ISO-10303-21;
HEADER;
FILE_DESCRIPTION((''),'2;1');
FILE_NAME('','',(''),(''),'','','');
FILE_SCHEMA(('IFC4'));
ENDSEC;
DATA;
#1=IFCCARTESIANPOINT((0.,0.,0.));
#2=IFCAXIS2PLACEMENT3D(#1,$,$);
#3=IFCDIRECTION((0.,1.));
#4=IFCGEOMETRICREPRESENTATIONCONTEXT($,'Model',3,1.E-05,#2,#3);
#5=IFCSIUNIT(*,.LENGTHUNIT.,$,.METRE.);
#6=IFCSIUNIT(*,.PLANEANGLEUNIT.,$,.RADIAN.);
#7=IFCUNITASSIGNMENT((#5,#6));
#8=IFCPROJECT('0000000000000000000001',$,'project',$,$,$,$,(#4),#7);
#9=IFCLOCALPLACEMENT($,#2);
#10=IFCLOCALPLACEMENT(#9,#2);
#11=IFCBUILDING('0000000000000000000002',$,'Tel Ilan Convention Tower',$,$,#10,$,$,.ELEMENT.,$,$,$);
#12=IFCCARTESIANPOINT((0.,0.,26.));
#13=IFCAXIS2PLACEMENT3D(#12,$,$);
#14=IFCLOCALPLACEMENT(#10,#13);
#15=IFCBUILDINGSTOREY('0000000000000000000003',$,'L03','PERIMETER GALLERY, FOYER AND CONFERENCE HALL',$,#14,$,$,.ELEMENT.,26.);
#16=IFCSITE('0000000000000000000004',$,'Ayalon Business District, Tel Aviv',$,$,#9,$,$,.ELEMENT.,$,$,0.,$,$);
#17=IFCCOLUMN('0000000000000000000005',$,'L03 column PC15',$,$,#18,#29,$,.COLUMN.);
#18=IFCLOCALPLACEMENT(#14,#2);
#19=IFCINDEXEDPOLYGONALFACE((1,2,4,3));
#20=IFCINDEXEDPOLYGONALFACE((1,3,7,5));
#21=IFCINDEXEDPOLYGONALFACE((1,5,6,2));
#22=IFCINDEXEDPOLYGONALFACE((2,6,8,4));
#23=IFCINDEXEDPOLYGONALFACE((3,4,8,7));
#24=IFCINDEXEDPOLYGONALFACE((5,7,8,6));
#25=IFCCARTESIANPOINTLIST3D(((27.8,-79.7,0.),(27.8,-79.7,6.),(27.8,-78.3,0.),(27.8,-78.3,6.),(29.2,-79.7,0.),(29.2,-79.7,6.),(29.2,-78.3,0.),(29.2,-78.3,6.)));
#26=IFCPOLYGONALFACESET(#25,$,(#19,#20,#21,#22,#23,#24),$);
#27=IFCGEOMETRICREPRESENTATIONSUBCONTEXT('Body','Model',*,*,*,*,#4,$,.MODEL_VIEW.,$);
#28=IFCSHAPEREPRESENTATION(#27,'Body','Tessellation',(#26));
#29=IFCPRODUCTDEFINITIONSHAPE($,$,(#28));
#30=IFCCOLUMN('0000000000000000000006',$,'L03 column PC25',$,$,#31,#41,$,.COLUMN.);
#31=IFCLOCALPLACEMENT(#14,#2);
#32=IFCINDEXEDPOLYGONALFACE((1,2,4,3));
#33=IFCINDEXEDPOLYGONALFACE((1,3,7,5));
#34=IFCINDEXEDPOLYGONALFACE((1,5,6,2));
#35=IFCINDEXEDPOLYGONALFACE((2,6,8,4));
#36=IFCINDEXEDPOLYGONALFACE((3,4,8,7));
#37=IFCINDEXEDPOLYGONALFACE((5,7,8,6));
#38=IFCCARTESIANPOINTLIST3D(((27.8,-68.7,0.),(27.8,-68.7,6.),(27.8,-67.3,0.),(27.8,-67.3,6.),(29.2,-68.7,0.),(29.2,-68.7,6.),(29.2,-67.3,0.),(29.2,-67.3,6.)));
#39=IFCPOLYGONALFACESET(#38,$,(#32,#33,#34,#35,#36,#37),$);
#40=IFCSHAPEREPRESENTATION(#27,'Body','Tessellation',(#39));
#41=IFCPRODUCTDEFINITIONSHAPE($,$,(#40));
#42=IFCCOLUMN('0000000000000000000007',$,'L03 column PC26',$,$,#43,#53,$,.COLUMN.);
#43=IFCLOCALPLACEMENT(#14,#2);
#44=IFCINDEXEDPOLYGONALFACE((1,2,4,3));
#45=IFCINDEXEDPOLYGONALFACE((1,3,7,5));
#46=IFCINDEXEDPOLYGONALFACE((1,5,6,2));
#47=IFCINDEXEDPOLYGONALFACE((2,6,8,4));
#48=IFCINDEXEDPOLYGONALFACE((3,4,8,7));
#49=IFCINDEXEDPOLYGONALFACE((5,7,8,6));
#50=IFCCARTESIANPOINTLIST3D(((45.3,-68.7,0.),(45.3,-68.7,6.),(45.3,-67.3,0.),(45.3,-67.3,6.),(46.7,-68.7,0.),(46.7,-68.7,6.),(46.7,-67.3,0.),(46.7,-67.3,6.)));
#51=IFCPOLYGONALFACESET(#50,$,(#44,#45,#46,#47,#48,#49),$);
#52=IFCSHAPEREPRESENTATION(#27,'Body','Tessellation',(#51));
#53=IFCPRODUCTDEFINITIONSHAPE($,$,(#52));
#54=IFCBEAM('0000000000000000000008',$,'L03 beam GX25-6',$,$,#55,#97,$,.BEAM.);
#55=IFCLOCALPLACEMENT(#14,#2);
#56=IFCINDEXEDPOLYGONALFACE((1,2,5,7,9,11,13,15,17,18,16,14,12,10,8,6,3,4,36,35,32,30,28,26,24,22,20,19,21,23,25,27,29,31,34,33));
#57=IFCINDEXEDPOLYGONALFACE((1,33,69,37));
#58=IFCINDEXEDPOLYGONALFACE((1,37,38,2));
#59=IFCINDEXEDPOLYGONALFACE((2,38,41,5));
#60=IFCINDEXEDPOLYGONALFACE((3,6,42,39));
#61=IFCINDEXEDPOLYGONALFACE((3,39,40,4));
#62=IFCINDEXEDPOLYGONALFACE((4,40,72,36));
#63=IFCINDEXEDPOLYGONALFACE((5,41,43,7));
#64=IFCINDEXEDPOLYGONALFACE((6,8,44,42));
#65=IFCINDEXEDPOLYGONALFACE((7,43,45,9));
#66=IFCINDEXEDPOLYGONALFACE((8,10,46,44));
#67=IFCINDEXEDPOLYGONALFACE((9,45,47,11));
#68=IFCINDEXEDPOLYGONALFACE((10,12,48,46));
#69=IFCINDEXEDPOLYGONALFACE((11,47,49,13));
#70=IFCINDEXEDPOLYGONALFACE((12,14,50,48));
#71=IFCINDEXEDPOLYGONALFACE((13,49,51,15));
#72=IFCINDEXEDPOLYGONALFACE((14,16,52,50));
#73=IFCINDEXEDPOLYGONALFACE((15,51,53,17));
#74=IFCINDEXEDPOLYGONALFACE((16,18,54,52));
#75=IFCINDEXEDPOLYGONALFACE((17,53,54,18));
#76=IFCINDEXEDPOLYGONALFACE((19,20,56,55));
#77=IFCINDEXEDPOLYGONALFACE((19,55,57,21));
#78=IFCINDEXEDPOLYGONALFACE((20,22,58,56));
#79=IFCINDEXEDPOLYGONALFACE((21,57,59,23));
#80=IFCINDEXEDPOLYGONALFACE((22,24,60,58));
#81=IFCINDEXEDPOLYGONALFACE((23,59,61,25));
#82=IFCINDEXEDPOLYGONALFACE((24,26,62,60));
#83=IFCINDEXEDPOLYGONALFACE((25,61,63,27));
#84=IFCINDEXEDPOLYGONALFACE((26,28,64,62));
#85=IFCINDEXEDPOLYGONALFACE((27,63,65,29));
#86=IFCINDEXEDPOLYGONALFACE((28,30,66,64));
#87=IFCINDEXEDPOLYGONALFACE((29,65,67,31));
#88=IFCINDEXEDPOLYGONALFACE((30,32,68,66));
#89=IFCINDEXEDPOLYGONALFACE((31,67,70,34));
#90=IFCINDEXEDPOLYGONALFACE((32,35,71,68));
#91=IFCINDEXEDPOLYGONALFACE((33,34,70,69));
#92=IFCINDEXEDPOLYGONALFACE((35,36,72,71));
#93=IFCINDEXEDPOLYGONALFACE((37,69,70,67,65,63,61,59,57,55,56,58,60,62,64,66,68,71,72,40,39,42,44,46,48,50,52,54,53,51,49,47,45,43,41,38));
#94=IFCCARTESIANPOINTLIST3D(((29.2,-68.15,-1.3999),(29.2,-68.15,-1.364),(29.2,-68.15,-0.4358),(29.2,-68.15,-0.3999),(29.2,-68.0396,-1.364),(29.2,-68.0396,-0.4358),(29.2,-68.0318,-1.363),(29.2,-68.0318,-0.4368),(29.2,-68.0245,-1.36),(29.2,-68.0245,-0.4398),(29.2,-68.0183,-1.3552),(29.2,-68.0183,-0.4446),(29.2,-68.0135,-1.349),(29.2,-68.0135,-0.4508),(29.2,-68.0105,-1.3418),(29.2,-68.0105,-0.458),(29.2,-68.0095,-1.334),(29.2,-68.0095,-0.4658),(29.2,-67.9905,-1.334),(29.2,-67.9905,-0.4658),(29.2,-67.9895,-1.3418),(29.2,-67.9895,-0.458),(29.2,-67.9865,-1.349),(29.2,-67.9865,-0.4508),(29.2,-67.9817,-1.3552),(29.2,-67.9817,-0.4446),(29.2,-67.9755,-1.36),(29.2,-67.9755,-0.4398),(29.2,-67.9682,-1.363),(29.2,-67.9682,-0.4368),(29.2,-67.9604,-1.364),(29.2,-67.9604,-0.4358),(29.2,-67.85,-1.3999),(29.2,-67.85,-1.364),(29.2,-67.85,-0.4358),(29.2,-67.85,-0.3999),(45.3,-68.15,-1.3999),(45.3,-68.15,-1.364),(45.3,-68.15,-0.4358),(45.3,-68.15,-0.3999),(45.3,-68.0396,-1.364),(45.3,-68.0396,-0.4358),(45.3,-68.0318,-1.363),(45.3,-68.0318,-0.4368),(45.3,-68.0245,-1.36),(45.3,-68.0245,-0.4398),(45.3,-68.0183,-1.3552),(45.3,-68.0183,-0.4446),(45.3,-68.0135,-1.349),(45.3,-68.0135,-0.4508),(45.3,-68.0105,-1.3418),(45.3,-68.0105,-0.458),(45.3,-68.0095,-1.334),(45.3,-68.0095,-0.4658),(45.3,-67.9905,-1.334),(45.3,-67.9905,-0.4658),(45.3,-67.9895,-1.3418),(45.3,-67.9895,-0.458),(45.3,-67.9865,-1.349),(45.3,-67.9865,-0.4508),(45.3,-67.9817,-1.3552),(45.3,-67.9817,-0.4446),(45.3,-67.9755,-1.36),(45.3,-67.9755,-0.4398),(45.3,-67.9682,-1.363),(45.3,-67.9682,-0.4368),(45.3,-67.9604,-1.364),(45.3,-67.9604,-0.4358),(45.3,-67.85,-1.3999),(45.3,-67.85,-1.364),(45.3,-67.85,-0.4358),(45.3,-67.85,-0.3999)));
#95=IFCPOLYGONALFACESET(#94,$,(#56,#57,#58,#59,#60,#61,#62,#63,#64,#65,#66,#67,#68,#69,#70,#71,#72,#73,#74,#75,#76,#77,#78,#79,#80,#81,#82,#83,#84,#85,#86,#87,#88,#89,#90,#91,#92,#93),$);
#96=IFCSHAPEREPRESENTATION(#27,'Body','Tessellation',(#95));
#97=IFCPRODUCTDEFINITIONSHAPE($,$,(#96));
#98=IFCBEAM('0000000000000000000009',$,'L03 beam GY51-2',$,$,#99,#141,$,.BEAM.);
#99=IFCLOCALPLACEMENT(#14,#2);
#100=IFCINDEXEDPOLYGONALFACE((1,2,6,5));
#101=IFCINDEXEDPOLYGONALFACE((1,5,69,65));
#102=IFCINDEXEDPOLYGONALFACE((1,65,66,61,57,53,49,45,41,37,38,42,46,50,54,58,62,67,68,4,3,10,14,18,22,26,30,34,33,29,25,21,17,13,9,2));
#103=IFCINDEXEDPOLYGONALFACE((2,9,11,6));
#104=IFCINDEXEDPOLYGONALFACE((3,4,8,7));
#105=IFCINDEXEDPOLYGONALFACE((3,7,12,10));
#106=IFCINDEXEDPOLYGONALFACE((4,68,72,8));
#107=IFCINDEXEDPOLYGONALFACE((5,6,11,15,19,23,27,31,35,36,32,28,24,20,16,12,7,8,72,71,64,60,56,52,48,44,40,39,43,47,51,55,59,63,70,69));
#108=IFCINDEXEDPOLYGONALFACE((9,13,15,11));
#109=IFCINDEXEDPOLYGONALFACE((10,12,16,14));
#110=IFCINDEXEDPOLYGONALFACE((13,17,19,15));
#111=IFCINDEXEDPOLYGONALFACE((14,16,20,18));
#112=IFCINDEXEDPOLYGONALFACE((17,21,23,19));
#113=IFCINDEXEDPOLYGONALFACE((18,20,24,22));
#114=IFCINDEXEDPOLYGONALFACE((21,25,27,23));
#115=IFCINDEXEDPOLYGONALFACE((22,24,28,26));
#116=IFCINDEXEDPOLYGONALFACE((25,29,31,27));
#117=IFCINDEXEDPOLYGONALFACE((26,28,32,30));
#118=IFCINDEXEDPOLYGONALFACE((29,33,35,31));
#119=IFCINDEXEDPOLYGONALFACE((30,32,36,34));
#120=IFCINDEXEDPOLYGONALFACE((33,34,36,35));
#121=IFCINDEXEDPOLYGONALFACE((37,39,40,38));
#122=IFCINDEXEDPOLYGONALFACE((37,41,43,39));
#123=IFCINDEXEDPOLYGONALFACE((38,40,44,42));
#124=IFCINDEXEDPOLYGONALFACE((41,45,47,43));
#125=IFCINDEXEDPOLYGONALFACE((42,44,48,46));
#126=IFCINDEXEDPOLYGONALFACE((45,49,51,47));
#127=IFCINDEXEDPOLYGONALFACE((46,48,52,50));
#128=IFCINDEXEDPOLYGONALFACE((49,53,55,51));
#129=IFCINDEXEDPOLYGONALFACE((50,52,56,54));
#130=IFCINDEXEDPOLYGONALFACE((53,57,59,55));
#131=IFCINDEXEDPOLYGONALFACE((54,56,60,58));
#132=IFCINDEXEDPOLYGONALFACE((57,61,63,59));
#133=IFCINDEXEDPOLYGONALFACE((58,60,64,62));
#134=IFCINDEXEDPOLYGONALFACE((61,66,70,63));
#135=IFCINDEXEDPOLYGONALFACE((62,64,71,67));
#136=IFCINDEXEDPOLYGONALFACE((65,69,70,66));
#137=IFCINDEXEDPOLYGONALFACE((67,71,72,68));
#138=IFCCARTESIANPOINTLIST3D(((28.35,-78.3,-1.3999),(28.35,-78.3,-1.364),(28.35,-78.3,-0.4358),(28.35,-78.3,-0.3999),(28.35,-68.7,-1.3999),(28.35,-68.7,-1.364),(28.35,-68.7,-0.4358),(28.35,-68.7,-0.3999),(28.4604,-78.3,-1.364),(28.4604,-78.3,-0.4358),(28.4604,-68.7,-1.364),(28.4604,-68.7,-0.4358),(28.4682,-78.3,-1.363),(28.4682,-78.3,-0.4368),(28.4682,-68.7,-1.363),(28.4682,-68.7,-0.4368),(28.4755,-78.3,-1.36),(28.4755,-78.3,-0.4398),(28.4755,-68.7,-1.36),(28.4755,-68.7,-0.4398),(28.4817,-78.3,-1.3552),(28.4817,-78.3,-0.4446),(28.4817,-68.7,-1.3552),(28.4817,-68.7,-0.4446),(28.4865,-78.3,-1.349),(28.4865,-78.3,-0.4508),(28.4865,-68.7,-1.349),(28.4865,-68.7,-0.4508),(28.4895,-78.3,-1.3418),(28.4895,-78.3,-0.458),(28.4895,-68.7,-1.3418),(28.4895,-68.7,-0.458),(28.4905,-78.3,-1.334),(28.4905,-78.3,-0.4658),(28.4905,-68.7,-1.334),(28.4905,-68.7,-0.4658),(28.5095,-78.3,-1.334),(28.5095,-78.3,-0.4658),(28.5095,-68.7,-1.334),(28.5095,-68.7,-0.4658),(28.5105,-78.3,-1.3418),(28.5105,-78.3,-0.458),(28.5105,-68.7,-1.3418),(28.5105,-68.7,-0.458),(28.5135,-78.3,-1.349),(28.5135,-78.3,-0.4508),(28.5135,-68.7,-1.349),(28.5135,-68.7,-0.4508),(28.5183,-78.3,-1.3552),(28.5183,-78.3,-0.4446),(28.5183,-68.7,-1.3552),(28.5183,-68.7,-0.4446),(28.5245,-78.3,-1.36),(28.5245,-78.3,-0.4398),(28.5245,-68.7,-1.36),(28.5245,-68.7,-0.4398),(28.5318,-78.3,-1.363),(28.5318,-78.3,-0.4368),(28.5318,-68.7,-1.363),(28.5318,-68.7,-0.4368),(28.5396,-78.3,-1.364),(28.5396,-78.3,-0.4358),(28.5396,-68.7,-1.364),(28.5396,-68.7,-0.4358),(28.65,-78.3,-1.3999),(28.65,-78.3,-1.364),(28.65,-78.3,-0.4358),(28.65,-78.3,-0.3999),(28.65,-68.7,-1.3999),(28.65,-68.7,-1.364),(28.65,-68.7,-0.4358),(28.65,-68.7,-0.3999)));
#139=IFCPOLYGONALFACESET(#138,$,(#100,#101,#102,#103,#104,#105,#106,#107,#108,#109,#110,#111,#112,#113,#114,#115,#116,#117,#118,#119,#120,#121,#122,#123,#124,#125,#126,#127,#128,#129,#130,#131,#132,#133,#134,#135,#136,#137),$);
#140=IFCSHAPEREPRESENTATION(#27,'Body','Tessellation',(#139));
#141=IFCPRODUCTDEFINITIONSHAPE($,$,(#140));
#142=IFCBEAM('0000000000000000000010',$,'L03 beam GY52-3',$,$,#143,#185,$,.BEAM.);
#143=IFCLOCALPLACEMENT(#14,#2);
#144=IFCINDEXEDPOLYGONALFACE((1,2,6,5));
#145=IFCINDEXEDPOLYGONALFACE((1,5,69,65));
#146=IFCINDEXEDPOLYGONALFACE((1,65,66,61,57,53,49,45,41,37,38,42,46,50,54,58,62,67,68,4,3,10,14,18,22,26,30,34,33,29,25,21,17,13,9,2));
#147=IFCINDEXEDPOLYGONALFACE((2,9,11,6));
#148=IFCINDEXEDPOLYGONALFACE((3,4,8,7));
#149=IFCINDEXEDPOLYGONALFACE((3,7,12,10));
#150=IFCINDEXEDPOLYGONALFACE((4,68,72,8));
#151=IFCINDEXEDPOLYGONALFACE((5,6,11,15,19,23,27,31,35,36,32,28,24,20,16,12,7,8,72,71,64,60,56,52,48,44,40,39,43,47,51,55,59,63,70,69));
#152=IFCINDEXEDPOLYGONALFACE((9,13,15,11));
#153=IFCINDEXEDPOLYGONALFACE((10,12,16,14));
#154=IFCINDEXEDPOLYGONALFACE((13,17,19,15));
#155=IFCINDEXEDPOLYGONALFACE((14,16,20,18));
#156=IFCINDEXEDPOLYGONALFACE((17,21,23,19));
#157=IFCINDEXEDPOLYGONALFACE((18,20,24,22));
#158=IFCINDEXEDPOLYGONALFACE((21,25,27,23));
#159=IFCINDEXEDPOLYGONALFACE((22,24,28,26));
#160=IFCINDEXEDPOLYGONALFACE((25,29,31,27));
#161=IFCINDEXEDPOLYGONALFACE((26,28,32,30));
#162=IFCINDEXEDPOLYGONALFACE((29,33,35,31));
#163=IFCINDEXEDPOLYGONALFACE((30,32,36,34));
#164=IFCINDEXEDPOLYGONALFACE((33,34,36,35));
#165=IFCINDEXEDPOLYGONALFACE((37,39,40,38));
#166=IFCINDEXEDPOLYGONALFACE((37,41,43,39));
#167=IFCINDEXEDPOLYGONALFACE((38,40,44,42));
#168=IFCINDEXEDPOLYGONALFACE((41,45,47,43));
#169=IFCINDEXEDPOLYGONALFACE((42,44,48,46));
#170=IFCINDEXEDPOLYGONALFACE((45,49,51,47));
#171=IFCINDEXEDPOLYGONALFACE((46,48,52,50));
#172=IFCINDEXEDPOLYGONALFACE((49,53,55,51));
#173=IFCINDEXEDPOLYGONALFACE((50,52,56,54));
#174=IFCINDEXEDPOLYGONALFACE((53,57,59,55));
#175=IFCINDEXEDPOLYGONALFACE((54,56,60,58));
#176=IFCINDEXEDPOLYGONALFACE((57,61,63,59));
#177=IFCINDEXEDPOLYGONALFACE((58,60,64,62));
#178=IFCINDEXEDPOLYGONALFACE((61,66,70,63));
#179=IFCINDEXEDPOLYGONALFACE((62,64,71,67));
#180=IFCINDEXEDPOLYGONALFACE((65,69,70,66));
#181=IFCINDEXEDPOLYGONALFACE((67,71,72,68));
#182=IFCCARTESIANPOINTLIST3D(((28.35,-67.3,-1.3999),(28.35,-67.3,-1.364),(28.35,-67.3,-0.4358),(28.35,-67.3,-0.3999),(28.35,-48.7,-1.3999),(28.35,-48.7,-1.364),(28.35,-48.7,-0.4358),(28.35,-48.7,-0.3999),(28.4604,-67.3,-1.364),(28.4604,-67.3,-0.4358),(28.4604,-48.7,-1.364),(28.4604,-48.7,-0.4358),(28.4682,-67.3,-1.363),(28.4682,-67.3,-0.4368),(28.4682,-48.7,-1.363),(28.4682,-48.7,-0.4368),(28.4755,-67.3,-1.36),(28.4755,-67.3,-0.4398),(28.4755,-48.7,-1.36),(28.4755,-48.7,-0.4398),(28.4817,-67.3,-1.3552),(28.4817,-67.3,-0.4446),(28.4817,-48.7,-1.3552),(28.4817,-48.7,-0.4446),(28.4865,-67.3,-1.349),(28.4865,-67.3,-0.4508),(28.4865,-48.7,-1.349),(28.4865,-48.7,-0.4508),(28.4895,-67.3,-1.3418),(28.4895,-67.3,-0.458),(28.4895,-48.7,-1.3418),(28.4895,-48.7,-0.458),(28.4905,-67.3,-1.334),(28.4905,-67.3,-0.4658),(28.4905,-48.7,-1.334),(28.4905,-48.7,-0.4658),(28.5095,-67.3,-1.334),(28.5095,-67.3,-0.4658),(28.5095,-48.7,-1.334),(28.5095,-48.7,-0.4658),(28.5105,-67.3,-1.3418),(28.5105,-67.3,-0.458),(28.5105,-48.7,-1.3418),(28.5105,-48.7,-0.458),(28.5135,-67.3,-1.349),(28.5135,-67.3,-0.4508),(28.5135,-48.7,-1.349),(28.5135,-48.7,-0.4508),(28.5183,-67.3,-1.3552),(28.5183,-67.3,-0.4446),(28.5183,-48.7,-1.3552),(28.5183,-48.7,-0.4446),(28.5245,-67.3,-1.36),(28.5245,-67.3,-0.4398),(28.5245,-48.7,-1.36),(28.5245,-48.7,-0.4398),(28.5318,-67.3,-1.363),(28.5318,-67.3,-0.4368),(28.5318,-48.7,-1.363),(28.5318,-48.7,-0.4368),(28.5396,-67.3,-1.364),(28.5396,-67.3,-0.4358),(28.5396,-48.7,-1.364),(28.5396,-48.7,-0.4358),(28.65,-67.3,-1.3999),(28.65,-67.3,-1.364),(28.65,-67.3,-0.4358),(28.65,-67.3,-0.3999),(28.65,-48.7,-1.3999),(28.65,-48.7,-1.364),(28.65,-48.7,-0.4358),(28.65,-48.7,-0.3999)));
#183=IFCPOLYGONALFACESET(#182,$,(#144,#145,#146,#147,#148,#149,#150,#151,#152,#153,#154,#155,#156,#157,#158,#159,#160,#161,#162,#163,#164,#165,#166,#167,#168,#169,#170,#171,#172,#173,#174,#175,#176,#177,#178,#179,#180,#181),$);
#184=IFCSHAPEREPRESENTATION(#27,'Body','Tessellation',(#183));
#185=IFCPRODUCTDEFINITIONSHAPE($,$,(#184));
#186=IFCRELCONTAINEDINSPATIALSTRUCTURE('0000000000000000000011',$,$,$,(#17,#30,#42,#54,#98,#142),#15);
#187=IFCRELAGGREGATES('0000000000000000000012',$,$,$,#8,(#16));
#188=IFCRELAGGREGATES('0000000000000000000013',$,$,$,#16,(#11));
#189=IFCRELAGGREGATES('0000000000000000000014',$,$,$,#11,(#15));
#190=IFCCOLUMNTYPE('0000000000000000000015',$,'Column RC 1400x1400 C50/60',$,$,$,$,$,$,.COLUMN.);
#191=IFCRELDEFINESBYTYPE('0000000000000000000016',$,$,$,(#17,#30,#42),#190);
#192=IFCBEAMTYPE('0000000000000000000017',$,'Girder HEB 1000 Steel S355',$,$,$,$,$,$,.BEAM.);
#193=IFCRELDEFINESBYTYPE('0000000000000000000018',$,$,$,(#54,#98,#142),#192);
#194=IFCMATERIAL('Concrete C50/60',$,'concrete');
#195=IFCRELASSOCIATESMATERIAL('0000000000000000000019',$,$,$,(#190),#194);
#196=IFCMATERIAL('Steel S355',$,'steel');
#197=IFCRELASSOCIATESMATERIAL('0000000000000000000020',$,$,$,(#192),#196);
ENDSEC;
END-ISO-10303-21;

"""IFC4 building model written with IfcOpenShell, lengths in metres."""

from ifc_helpers import new_model, si_unit, direction, frame, origin, origin_2d, place, context, subcontext, project, spatial, rectangle, i_section, extrude, material, material_profile, profile_set, type_object, element, save


model = new_model("IFC4")

# Units and contexts
model_context = context("Model", 3, precision=1e-05, world=origin(), true_north=direction((0.0, 1.0)))
body_context = subcontext(model_context, "Body", "Model", "MODEL_VIEW")
ifc_project = project(units=[si_unit("LENGTHUNIT", "METRE"), si_unit("PLANEANGLEUNIT", "RADIAN")], contexts=[model_context])

# Site, building, storey
site_placement = place(None, origin())
site = spatial("IfcSite", under=ifc_project, at=site_placement, Name="Ayalon Business District, Tel Aviv", CompositionType="ELEMENT", RefElevation=0.0)
building_placement = place(site_placement, origin())
building = spatial("IfcBuilding", under=site, at=building_placement, Name="Tel Ilan Convention Tower", CompositionType="ELEMENT")
storey_placement = place(building_placement, frame((0.0, 0.0, 26.0)))
storey = spatial("IfcBuildingStorey", under=building, at=storey_placement, Name="L03", Description="PERIMETER GALLERY, FOYER AND CONFERENCE HALL", CompositionType="ELEMENT", Elevation=26.0)

# Columns
ifc_material_1 = material(Name="Concrete C50/60", Category="concrete")
ifc_material_profile_1 = material_profile(ifc_material_1, rectangle(XDim=1.3999, YDim=1.3999, at=origin_2d()), Name="RC 1400x1400")
ifc_profile_set_1 = profile_set([ifc_material_profile_1], Name="Concrete C50/60")
column_type = type_object("IfcColumnType", Name="Column RC 1400x1400 C50/60", PredefinedType="COLUMN", material=ifc_profile_set_1)
for number, where, z_axis, x_axis, name in (
    (1, (28.5, -79.0, 0.0), (0.0, 0.0, 1.0), (1.0, 0.0, 0.0), "L03 column PC15"),
    (2, (28.5, -68.0, 0.0), (0.0, 0.0, 1.0), (1.0, 0.0, 0.0), "L03 column PC25"),
    (3, (46.0, -68.0, 0.0), (0.0, 0.0, 1.0), (1.0, 0.0, 0.0), "L03 column PC26"),
):
    element("IfcColumn", number, at=place(storey_placement, frame(where, z_axis=z_axis, x_axis=x_axis)), inside=storey, type_object=column_type, Name=name, PredefinedType="COLUMN", context=body_context, shape_type="SweptSolid", body=[
        extrude(rectangle(XDim=1.3999, YDim=1.3999, at=origin_2d()), origin(), (0.0, 0.0, 1.0), 6.0),
    ])

# Beams
ifc_material_2 = material(Name="Steel S355", Category="steel")
ifc_material_profile_2 = material_profile(ifc_material_2, i_section(OverallWidth=0.3, OverallDepth=1.0, WebThickness=0.019, FlangeThickness=0.0359, FilletRadius=0.03, at=origin_2d()), Name="HEB 1000")
ifc_profile_set_2 = profile_set([ifc_material_profile_2], Name="Steel S355")
beam_type_1 = type_object("IfcBeamType", Name="Girder HEB 1000 Steel S355", PredefinedType="BEAM", material=ifc_profile_set_2)
beam_1_placement = place(storey_placement, frame((29.2, -68.0, -0.8999), z_axis=(1.0, 0.0, 0.0), x_axis=(0.0, 1.0, 0.0)))
element("IfcBeam", 4, at=beam_1_placement, inside=storey, type_object=beam_type_1, Name="L03 beam GX25-6", PredefinedType="BEAM", context=body_context, shape_type="SweptSolid", body=[
    extrude(i_section(OverallWidth=0.3, OverallDepth=1.0, WebThickness=0.019, FlangeThickness=0.0359, FilletRadius=0.03, at=origin_2d()), origin(), (0.0, 0.0, 1.0), 16.1001),
])
beam_2_placement = place(storey_placement, frame((28.5, -78.3, -0.8999), z_axis=(0.0, 1.0, 0.0), x_axis=(-1.0, 0.0, 0.0)))
element("IfcBeam", 5, at=beam_2_placement, inside=storey, type_object=beam_type_1, Name="L03 beam GY51-2", PredefinedType="BEAM", context=body_context, shape_type="SweptSolid", body=[
    extrude(i_section(OverallWidth=0.3, OverallDepth=1.0, WebThickness=0.019, FlangeThickness=0.0359, FilletRadius=0.03, at=origin_2d()), origin(), (0.0, 0.0, 1.0), 9.6001),
])
beam_3_placement = place(storey_placement, frame((28.5, -67.3, -0.8999), z_axis=(0.0, 1.0, 0.0), x_axis=(-1.0, 0.0, 0.0)))
element("IfcBeam", 6, at=beam_3_placement, inside=storey, type_object=beam_type_1, Name="L03 beam GY52-3", PredefinedType="BEAM", context=body_context, shape_type="SweptSolid", body=[
    extrude(i_section(OverallWidth=0.3, OverallDepth=1.0, WebThickness=0.019, FlangeThickness=0.0359, FilletRadius=0.03, at=origin_2d()), origin(), (0.0, 0.0, 1.0), 18.6001),
])

save(model, "model.ifc")
